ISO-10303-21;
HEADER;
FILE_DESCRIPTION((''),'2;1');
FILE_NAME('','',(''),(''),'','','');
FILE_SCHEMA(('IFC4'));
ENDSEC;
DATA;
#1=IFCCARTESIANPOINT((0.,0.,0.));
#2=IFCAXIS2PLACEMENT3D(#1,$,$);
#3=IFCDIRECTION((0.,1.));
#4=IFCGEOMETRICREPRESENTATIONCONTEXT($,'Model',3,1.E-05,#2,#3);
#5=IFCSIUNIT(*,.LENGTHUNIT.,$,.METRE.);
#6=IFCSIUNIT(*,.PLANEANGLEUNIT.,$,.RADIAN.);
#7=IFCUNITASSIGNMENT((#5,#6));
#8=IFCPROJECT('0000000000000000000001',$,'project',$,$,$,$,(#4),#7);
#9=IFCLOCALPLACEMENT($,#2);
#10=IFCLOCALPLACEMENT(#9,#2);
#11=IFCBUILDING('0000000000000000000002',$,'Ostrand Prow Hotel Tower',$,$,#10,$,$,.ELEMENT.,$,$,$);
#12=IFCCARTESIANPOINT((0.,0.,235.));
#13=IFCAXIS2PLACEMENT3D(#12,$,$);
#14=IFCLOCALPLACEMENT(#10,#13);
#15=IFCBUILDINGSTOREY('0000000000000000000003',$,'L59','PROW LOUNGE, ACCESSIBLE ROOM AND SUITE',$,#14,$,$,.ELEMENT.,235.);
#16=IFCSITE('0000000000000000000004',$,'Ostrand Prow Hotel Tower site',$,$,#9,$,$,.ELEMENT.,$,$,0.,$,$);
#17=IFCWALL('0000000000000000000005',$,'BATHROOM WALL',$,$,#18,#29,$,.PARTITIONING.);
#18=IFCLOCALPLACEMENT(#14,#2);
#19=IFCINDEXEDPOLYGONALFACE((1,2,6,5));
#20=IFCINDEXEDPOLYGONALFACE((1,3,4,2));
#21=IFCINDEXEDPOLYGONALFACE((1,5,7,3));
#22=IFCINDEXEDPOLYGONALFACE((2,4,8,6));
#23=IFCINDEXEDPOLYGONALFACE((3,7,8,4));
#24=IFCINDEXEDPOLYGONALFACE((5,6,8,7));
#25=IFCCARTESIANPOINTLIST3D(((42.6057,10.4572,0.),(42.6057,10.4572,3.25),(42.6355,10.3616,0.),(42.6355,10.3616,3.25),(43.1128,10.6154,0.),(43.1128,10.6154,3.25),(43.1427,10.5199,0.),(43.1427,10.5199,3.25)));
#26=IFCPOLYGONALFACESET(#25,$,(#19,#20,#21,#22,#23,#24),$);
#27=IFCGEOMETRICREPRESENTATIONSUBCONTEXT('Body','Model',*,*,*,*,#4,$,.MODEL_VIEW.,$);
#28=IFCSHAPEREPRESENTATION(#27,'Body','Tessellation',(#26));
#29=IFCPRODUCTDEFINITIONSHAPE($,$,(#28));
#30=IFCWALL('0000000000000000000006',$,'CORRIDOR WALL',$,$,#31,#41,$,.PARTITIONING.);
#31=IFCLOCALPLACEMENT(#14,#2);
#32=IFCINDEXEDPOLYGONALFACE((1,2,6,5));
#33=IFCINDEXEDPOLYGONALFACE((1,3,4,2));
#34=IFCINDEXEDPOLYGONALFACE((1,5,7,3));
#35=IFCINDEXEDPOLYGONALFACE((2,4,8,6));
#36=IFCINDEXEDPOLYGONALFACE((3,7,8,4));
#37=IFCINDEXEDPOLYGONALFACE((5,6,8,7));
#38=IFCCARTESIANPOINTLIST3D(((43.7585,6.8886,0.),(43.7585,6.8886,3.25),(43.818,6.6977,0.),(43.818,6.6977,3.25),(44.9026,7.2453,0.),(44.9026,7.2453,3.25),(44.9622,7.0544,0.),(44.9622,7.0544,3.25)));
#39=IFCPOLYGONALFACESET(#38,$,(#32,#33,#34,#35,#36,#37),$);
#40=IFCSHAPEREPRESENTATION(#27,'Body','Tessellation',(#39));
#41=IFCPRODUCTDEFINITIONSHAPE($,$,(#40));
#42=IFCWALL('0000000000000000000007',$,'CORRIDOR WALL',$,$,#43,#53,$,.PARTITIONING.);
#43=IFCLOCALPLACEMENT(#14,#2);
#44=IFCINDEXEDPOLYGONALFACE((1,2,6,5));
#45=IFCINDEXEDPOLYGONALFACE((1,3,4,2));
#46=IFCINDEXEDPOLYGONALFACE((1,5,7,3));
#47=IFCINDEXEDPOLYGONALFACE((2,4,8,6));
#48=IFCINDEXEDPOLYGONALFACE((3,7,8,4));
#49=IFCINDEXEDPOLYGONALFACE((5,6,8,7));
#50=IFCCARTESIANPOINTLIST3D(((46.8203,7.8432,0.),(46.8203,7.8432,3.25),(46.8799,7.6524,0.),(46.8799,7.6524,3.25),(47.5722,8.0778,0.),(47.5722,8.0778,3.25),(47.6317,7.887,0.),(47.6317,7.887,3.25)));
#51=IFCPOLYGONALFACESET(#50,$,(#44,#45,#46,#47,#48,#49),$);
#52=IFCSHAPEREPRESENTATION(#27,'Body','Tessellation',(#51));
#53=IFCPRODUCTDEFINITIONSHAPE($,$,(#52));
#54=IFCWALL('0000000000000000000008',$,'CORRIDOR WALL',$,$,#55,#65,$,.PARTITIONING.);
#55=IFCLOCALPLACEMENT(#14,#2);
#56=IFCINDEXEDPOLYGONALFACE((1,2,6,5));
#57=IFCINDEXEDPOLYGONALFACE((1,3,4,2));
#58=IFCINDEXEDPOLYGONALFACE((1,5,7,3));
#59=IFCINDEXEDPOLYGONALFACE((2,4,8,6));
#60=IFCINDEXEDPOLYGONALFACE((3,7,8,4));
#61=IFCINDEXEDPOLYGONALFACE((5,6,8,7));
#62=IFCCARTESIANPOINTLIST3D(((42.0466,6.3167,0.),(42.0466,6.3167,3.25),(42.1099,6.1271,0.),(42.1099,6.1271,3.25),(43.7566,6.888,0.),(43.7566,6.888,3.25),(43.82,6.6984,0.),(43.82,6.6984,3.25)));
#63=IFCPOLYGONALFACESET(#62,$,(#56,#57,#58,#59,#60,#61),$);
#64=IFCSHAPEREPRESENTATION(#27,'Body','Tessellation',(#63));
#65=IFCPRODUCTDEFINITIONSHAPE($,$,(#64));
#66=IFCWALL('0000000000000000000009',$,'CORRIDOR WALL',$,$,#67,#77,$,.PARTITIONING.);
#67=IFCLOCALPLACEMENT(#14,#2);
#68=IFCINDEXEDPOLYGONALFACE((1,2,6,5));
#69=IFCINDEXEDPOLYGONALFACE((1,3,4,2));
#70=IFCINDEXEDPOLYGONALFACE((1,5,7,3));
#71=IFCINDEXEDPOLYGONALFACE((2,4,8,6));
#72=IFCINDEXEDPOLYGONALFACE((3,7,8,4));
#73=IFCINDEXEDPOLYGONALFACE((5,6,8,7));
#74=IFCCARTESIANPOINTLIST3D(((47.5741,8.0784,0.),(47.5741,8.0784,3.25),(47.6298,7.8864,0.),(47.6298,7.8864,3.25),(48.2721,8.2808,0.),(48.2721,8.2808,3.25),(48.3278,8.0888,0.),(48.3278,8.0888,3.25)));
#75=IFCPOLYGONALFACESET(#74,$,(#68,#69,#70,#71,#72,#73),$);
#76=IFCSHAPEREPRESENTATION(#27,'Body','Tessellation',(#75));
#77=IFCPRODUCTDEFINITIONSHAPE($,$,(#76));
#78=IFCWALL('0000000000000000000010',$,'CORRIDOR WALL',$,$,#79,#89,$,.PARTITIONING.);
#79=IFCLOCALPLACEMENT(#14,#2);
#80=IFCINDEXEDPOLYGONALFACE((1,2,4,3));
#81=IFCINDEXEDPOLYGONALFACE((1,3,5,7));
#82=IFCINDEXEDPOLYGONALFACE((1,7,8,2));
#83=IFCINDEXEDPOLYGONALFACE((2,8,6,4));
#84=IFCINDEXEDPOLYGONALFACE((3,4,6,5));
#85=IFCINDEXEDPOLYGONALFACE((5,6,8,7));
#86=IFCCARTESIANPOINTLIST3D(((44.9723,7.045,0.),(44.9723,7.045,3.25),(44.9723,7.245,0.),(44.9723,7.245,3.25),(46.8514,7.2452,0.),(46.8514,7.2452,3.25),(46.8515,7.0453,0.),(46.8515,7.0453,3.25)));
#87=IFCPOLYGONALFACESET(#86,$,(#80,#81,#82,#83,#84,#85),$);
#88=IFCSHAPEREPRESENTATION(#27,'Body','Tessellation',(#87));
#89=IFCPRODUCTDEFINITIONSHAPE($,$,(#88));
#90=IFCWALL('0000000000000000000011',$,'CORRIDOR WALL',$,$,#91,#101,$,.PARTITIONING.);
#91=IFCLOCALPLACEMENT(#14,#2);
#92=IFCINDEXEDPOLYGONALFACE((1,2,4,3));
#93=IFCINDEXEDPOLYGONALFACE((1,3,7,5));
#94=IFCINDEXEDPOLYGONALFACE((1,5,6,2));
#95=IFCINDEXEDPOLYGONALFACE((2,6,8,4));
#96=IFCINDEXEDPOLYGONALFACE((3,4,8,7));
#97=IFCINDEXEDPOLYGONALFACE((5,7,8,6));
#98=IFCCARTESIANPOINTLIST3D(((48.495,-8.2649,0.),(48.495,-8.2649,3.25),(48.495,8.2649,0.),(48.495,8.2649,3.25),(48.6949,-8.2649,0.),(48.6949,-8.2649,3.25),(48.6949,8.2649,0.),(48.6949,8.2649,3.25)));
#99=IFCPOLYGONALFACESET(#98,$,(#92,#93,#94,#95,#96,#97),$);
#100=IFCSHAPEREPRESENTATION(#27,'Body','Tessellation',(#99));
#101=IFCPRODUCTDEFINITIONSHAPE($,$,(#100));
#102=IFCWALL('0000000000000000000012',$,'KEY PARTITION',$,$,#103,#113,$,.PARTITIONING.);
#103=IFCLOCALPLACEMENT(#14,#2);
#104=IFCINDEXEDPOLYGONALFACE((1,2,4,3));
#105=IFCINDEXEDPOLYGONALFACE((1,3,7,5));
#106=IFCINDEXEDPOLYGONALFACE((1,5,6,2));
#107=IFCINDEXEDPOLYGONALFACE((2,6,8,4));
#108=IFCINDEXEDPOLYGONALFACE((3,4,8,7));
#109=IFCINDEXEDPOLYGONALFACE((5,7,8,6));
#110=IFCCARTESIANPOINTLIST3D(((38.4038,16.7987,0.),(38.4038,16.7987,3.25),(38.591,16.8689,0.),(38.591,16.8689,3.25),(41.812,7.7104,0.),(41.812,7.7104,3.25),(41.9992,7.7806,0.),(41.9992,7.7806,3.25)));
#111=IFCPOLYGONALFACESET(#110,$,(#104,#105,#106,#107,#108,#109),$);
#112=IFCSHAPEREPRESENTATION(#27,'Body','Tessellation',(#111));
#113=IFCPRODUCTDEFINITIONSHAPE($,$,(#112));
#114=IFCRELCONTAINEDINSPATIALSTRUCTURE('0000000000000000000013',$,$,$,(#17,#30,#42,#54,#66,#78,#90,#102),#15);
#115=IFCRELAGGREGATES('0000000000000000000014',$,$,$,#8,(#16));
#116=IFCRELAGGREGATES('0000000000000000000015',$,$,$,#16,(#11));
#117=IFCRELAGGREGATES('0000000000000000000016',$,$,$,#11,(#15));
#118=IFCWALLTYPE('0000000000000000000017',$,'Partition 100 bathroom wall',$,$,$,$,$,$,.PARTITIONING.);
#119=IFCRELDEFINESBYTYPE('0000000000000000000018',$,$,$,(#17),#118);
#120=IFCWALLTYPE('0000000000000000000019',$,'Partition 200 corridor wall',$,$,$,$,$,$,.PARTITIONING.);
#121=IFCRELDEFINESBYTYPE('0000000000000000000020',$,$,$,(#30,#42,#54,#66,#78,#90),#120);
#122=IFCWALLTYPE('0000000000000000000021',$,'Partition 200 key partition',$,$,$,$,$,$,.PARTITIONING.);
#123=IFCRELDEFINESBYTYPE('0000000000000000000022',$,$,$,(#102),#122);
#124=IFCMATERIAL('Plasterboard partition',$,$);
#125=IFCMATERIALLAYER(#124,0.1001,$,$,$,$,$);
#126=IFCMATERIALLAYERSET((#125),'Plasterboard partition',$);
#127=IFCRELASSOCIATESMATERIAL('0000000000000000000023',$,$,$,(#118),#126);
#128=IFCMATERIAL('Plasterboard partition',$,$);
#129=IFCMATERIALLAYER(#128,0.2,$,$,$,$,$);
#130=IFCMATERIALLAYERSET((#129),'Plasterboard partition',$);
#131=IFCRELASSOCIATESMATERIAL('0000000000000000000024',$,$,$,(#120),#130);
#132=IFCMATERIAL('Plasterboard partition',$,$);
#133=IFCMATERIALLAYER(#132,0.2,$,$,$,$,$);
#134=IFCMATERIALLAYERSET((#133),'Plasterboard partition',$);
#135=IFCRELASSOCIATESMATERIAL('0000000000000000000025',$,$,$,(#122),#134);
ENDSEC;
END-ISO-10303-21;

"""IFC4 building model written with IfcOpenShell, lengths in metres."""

from ifc_helpers import new_model, si_unit, direction, frame, frame_2d, origin, place, context, subcontext, project, spatial, rectangle, extrude, material, layer, layer_set, type_object, element, save


model = new_model("IFC4")

# Units and contexts
model_context = context("Model", 3, precision=1e-05, world=origin(), true_north=direction((0.0, 1.0)))
body_context = subcontext(model_context, "Body", "Model", "MODEL_VIEW")
ifc_project = project(units=[si_unit("LENGTHUNIT", "METRE"), si_unit("PLANEANGLEUNIT", "RADIAN")], contexts=[model_context])

# Site, building, storey
site_placement = place(None, origin())
site = spatial("IfcSite", under=ifc_project, at=site_placement, Name="Ostrand Prow Hotel Tower site", CompositionType="ELEMENT", RefElevation=0.0)
building_placement = place(site_placement, origin())
building = spatial("IfcBuilding", under=site, at=building_placement, Name="Ostrand Prow Hotel Tower", CompositionType="ELEMENT")
storey_placement = place(building_placement, frame((0.0, 0.0, 235.0)))
storey = spatial("IfcBuildingStorey", under=building, at=storey_placement, Name="L59", Description="PROW LOUNGE, ACCESSIBLE ROOM AND SUITE", CompositionType="ELEMENT", Elevation=235.0)

# Walls
ifc_material_1 = material(Name="Plasterboard partition")
ifc_layer_1 = layer(ifc_material_1, 0.1001)
ifc_layer_set_1 = layer_set([ifc_layer_1], Name="Plasterboard partition")
wall_type_1 = type_object("IfcWallType", Name="Partition 100 bathroom wall", PredefinedType="PARTITIONING", material=ifc_layer_set_1)
wall_1_placement = place(storey_placement, frame((42.6206, 10.4094, 0.0), z_axis=(0.0, 0.0, 1.0), x_axis=(0.954619, 0.29783, 0.0)))
element("IfcWall", 1, at=wall_1_placement, inside=storey, type_object=wall_type_1, Name="BATHROOM WALL", PredefinedType="PARTITIONING", context=body_context, shape_type="SweptSolid", body=[
    extrude(rectangle(XDim=0.5312, YDim=0.1001, at=frame_2d((0.2656, 0.0))), origin(), (0.0, 0.0, 1.0), 3.25),
])
ifc_material_2 = material(Name="Plasterboard partition")
ifc_layer_2 = layer(ifc_material_2, 0.2)
ifc_layer_set_2 = layer_set([ifc_layer_2], Name="Plasterboard partition")
wall_type_2 = type_object("IfcWallType", Name="Partition 200 corridor wall", PredefinedType="PARTITIONING", material=ifc_layer_set_2)
wall_2_placement = place(storey_placement, frame((43.7883, 6.7932, 0.0), z_axis=(0.0, 0.0, 1.0), x_axis=(0.954694, 0.297591, 0.0)))
element("IfcWall", 2, at=wall_2_placement, inside=storey, type_object=wall_type_2, Name="CORRIDOR WALL", PredefinedType="PARTITIONING", context=body_context, shape_type="SweptSolid", body=[
    extrude(rectangle(XDim=1.1985, YDim=0.2, at=frame_2d((0.5991, 0.0))), origin(), (0.0, 0.0, 1.0), 3.25),
])
wall_3_placement = place(storey_placement, frame((46.8501, 7.7478, 0.0), z_axis=(0.0, 0.0, 1.0), x_axis=(0.954612, 0.297851, 0.0)))
element("IfcWall", 3, at=wall_3_placement, inside=storey, type_object=wall_type_2, Name="CORRIDOR WALL", PredefinedType="PARTITIONING", context=body_context, shape_type="SweptSolid", body=[
    extrude(rectangle(XDim=0.7876, YDim=0.2, at=frame_2d((0.3938, 0.0))), origin(), (0.0, 0.0, 1.0), 3.25),
])
wall_4_placement = place(storey_placement, frame((42.0784, 6.2219, 0.0), z_axis=(0.0, 0.0, 1.0), x_axis=(0.948466, 0.316878, 0.0)))
element("IfcWall", 4, at=wall_4_placement, inside=storey, type_object=wall_type_2, Name="CORRIDOR WALL", PredefinedType="PARTITIONING", context=body_context, shape_type="SweptSolid", body=[
    extrude(rectangle(XDim=1.803, YDim=0.2, at=frame_2d((0.9014, 0.0))), origin(), (0.0, 0.0, 1.0), 3.25),
])
wall_5_placement = place(storey_placement, frame((47.6021, 7.9824, 0.0), z_axis=(0.0, 0.0, 1.0), x_axis=(0.960439, 0.27849, 0.0)))
element("IfcWall", 5, at=wall_5_placement, inside=storey, type_object=wall_type_2, Name="CORRIDOR WALL", PredefinedType="PARTITIONING", context=body_context, shape_type="SweptSolid", body=[
    extrude(rectangle(XDim=0.7268, YDim=0.2, at=frame_2d((0.3633, 0.0))), origin(), (0.0, 0.0, 1.0), 3.25),
])
wall_6_placement = place(storey_placement, frame((44.9724, 7.145, 0.0), z_axis=(0.0, 0.0, 1.0), x_axis=(1.0, 0.00013, 0.0)))
element("IfcWall", 6, at=wall_6_placement, inside=storey, type_object=wall_type_2, Name="CORRIDOR WALL", PredefinedType="PARTITIONING", context=body_context, shape_type="SweptSolid", body=[
    extrude(rectangle(XDim=1.8792, YDim=0.2, at=frame_2d((0.9395, 0.0))), origin(), (0.0, 0.0, 1.0), 3.25),
])
wall_7_placement = place(storey_placement, frame((48.595, 8.2649, 0.0), z_axis=(0.0, 0.0, 1.0), x_axis=(0.0, -1.0, 0.0)))
element("IfcWall", 7, at=wall_7_placement, inside=storey, type_object=wall_type_2, Name="CORRIDOR WALL", PredefinedType="PARTITIONING", context=body_context, shape_type="SweptSolid", body=[
    extrude(rectangle(XDim=16.5298, YDim=0.2, at=frame_2d((8.2649, 0.0))), origin(), (0.0, 0.0, 1.0), 3.25),
])
ifc_material_3 = material(Name="Plasterboard partition")
ifc_layer_3 = layer(ifc_material_3, 0.2)
ifc_layer_set_3 = layer_set([ifc_layer_3], Name="Plasterboard partition")
wall_type_3 = type_object("IfcWallType", Name="Partition 200 key partition", PredefinedType="PARTITIONING", material=ifc_layer_set_3)
wall_8_placement = place(storey_placement, frame((41.9055, 7.7456, 0.0), z_axis=(0.0, 0.0, 1.0), x_axis=(-0.351129, 0.936327, 0.0)))
element("IfcWall", 8, at=wall_8_placement, inside=storey, type_object=wall_type_3, Name="KEY PARTITION", PredefinedType="PARTITIONING", context=body_context, shape_type="SweptSolid", body=[
    extrude(rectangle(XDim=9.7063, YDim=0.2, at=frame_2d((4.853, 0.0))), origin(), (0.0, 0.0, 1.0), 3.25),
])

save(model, "model.ifc")
